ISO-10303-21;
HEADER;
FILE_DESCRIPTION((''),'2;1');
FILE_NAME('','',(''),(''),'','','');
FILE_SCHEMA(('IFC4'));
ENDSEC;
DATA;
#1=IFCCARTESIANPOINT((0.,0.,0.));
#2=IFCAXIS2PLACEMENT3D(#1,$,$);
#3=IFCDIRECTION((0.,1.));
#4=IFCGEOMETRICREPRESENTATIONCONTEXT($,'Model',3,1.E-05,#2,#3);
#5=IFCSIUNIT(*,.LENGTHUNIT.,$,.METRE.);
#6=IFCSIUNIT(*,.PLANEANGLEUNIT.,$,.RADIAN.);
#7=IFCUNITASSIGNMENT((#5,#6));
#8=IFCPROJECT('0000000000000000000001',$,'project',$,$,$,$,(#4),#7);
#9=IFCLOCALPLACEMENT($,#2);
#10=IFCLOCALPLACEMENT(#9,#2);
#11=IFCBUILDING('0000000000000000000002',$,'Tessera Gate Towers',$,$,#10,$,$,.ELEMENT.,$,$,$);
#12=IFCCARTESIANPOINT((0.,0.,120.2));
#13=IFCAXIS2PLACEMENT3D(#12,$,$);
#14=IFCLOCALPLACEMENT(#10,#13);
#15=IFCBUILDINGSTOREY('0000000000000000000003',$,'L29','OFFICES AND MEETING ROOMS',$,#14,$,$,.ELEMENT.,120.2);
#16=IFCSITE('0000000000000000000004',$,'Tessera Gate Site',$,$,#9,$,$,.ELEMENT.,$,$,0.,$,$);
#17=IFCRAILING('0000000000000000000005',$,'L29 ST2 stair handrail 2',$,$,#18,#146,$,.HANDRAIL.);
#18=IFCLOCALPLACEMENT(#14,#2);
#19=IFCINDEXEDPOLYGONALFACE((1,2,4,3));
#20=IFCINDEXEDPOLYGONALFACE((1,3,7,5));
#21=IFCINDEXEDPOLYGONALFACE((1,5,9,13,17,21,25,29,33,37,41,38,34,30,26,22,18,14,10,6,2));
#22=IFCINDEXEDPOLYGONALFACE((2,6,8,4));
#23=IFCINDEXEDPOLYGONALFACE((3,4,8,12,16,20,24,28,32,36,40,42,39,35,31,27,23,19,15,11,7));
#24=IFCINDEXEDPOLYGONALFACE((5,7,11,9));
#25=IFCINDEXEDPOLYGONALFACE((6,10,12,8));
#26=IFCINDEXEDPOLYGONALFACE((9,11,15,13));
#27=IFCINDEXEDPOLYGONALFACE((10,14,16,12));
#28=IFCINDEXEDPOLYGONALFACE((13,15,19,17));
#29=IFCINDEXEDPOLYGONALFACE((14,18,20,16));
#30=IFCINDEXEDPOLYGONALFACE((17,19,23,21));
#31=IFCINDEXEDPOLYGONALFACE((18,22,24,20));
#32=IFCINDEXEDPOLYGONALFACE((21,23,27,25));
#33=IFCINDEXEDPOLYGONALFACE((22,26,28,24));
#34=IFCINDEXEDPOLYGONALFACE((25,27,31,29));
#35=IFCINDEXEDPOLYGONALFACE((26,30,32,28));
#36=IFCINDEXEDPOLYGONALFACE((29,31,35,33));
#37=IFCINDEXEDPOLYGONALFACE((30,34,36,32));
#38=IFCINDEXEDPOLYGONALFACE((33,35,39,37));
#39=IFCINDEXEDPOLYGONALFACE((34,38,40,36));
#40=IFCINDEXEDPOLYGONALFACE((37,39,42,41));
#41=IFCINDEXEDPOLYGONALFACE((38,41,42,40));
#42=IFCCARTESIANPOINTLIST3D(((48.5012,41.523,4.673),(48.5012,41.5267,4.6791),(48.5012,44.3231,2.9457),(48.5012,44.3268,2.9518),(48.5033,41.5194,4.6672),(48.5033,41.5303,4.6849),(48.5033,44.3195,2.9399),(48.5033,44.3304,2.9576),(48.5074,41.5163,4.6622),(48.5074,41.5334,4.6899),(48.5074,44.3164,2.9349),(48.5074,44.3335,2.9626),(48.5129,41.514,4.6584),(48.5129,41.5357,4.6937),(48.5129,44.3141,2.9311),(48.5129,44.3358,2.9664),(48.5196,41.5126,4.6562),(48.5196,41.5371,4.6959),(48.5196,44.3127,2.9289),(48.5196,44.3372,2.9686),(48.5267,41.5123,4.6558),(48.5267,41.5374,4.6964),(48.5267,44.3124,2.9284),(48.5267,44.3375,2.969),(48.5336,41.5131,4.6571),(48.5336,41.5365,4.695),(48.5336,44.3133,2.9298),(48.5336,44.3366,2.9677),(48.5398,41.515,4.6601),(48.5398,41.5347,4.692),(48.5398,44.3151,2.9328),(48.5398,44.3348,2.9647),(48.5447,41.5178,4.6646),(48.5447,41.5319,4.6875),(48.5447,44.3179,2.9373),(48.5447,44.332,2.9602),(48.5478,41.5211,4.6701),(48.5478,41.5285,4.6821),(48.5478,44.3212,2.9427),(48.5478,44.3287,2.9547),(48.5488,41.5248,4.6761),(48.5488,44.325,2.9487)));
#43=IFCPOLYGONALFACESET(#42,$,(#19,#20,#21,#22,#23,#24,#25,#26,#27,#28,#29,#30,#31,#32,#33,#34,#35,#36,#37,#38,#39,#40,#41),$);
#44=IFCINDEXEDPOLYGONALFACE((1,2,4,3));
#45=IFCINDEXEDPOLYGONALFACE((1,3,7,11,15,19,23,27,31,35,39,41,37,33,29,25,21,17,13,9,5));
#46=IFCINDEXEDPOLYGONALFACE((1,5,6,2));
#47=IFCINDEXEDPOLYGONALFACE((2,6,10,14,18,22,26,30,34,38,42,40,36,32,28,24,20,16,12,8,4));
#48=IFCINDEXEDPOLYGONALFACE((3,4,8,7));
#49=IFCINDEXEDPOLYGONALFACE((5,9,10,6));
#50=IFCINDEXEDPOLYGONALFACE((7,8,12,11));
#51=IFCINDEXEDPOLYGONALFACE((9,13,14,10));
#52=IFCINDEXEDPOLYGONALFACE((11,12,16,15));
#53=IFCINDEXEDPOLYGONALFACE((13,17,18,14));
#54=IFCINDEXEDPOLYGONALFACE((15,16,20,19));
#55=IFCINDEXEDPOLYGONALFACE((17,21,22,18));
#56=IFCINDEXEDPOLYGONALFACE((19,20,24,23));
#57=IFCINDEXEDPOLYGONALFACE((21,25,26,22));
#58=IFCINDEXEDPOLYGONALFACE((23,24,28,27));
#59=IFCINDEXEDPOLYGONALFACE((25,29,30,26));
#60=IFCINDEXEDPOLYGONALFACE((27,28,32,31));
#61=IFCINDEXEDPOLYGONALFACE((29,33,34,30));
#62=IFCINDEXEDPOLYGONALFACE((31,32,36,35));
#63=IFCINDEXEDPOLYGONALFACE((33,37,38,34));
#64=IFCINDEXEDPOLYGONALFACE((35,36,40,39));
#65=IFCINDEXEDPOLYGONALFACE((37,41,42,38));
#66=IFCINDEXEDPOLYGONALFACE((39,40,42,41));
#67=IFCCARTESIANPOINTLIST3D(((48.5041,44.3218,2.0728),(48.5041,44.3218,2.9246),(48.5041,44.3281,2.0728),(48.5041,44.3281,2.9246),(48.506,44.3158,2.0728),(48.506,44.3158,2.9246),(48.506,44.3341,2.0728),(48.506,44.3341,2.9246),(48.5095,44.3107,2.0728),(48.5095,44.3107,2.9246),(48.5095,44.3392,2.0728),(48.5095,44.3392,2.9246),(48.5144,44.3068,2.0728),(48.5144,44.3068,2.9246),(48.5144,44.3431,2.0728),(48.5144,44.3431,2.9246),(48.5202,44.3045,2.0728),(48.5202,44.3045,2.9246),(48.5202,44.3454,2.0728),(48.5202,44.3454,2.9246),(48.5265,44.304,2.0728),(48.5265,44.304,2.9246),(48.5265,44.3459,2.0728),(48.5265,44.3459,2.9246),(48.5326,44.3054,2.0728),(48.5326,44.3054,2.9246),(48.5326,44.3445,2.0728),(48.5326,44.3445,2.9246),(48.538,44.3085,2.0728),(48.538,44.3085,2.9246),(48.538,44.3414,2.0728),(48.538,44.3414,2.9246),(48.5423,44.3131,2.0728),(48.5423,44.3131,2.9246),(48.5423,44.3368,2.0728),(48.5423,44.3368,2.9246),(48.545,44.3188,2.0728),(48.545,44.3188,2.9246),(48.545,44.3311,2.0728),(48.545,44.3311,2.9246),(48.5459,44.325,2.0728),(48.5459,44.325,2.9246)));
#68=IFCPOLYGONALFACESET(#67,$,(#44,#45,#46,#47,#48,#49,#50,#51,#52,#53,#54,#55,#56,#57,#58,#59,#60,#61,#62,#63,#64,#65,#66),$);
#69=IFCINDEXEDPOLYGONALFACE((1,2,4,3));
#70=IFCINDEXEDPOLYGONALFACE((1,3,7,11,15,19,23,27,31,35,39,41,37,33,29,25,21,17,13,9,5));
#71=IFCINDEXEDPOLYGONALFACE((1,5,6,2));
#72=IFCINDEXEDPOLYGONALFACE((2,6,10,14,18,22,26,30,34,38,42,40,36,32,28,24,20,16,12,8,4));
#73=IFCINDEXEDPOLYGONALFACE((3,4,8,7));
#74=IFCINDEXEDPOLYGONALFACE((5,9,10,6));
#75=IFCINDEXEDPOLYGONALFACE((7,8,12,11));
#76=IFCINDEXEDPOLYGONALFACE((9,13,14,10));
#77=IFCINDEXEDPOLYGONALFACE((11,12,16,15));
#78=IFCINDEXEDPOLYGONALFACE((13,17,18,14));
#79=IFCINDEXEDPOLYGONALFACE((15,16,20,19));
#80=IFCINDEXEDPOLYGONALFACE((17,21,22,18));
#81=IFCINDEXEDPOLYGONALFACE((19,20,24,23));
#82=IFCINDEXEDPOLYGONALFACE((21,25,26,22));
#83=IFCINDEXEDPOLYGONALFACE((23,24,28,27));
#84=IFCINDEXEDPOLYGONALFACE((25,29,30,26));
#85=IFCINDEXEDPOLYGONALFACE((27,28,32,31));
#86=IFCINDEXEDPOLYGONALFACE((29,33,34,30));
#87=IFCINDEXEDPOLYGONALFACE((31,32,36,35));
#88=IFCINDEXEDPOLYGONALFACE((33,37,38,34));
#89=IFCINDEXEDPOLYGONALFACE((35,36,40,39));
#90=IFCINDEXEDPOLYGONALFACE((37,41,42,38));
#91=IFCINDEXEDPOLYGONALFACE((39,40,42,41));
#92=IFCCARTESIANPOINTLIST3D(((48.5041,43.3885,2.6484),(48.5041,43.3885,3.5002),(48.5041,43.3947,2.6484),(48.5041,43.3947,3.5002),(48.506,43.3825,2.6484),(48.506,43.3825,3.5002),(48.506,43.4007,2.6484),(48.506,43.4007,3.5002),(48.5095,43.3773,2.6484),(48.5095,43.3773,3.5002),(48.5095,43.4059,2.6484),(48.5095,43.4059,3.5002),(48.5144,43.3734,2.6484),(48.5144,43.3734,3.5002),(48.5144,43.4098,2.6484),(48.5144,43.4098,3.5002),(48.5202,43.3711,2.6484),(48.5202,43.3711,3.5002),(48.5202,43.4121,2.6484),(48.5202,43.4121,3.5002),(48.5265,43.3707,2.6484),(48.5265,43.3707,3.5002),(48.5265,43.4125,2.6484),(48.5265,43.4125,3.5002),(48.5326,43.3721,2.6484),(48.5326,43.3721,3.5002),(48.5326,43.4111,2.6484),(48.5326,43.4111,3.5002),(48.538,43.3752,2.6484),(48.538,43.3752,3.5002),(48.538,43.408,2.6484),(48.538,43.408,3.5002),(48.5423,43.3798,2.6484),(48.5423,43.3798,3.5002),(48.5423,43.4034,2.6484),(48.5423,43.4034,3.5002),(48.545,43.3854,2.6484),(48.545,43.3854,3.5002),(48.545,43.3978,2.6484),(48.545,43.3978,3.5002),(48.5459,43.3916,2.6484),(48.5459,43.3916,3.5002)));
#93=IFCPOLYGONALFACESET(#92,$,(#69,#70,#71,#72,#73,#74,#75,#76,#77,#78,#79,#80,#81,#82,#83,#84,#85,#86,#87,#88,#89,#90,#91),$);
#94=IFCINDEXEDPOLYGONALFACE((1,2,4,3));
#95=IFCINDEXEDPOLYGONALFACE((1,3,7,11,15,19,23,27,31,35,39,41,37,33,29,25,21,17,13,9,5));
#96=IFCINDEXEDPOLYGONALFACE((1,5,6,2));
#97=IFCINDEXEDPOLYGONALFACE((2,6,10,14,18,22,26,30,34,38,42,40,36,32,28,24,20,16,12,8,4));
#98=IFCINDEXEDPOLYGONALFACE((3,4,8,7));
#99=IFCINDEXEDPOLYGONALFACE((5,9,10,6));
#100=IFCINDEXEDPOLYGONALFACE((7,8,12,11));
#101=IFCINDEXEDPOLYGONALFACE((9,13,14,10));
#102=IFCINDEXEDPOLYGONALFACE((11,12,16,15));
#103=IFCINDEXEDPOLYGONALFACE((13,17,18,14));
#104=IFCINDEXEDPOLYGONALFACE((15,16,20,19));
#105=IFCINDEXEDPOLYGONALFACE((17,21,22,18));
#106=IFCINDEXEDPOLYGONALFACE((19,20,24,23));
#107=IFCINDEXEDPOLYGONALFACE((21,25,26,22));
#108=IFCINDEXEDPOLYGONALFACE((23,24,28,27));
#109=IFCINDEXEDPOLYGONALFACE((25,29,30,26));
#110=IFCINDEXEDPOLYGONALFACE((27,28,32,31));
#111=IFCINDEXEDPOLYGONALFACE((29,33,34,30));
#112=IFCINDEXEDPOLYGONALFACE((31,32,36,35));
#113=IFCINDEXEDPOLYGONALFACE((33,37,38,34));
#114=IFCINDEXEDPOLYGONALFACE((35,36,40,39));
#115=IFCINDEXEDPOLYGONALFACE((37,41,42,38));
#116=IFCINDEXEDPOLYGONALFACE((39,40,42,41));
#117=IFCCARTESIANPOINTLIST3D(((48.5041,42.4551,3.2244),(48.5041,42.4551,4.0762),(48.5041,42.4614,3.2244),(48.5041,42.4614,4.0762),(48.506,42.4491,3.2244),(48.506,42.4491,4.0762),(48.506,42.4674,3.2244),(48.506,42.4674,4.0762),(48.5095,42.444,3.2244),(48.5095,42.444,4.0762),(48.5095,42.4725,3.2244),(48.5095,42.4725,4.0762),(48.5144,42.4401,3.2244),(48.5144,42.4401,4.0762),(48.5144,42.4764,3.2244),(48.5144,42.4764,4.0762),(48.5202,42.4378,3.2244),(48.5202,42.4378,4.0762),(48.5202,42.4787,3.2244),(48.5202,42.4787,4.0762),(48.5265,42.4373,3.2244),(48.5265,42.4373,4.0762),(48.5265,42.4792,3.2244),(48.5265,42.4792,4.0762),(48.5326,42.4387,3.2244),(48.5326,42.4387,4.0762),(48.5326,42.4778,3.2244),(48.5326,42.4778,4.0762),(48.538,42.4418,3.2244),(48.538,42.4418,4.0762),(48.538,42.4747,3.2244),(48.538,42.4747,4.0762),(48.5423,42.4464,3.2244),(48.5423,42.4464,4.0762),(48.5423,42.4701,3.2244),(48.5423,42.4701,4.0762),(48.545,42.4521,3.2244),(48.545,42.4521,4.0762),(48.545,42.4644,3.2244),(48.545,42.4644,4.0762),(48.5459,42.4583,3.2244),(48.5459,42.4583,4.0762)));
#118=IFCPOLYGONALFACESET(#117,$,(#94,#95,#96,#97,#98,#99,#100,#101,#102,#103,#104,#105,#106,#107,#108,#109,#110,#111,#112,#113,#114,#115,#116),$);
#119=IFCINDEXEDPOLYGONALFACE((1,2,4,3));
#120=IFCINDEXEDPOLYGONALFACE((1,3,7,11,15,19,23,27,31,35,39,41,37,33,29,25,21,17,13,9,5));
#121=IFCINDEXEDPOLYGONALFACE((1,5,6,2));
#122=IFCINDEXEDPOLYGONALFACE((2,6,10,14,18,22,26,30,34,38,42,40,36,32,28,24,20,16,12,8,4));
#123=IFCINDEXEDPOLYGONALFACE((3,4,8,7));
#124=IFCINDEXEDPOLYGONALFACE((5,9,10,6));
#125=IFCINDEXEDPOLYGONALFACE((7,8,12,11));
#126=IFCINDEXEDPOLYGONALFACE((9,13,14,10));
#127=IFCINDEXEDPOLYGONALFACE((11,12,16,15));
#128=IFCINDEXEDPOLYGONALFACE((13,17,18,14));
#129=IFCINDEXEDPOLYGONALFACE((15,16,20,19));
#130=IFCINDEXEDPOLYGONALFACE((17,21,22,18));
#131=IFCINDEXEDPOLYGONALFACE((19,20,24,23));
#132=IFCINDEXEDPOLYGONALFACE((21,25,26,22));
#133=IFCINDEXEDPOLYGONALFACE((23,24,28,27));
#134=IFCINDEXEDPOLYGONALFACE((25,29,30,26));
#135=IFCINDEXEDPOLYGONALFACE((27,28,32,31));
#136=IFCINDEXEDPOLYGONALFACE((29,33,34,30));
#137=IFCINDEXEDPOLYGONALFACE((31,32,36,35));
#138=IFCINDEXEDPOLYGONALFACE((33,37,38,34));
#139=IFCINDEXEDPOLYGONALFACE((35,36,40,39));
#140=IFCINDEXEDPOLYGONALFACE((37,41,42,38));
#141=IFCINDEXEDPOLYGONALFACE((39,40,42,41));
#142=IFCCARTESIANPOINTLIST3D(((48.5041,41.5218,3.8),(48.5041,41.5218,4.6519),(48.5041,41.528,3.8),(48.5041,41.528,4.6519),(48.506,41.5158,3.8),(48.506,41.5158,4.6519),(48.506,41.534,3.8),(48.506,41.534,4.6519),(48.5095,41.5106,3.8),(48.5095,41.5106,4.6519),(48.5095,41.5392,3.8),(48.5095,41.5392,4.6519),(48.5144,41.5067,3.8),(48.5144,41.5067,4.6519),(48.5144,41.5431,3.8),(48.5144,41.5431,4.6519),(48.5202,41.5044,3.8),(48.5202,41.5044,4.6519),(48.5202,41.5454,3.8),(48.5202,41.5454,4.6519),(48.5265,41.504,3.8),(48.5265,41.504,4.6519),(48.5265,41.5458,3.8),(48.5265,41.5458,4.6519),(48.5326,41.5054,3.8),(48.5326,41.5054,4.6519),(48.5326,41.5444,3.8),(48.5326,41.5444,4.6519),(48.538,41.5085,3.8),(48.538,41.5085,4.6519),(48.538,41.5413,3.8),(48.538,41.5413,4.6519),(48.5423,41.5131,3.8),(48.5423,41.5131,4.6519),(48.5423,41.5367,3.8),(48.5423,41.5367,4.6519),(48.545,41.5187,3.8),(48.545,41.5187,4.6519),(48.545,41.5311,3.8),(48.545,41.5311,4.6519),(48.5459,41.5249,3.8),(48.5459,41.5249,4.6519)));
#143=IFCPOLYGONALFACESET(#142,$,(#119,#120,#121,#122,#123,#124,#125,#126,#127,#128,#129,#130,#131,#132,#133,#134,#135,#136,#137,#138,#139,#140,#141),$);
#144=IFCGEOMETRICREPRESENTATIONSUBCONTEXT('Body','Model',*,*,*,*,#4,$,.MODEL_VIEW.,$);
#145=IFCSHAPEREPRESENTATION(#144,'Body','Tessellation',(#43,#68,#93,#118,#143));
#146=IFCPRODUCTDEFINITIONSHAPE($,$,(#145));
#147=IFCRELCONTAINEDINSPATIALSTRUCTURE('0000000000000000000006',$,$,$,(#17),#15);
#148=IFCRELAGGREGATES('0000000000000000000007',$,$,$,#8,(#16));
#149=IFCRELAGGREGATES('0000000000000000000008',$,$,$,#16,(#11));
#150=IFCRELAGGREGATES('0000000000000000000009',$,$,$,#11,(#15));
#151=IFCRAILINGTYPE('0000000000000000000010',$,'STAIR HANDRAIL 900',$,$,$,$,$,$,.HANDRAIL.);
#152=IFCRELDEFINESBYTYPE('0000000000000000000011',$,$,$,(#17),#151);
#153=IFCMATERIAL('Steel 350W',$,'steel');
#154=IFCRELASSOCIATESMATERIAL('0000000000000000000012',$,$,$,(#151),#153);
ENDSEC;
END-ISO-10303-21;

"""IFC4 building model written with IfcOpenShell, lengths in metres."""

from ifc_helpers import new_model, si_unit, direction, frame, origin, origin_2d, place, context, subcontext, project, spatial, circle, extrude, material, type_object, element, save


model = new_model("IFC4")

# Units and contexts
model_context = context("Model", 3, precision=1e-05, world=origin(), true_north=direction((0.0, 1.0)))
body_context = subcontext(model_context, "Body", "Model", "MODEL_VIEW")
ifc_project = project(units=[si_unit("LENGTHUNIT", "METRE"), si_unit("PLANEANGLEUNIT", "RADIAN")], contexts=[model_context])

# Site, building, storey
site_placement = place(None, origin())
site = spatial("IfcSite", under=ifc_project, at=site_placement, Name="Tessera Gate Site", CompositionType="ELEMENT", RefElevation=0.0)
building_placement = place(site_placement, origin())
building = spatial("IfcBuilding", under=site, at=building_placement, Name="Tessera Gate Towers", CompositionType="ELEMENT")
storey_placement = place(building_placement, frame((0.0, 0.0, 120.2)))
storey = spatial("IfcBuildingStorey", under=building, at=storey_placement, Name="L29", Description="OFFICES AND MEETING ROOMS", CompositionType="ELEMENT", Elevation=120.2)

# Railing
ifc_material_1 = material(Name="Steel 350W", Category="steel")
railing_type_1 = type_object("IfcRailingType", Name="STAIR HANDRAIL 900", PredefinedType="HANDRAIL", material=ifc_material_1)
railing_1_placement = place(storey_placement, frame((48.5249, 44.325, 2.0728)))
element("IfcRailing", 1, at=railing_1_placement, inside=storey, type_object=railing_type_1, Name="L29 ST2 stair handrail 2", PredefinedType="HANDRAIL", context=body_context, shape_type="SweptSolid", body=[
    extrude(circle(Radius=0.0239, at=origin_2d()), frame((0.0, 0.0, 0.876), z_axis=(0.0, -0.85109, 0.52502), x_axis=(1.0, 0.0, 0.0)), (0.0, 0.0, 1.0), 3.29),
    extrude(circle(Radius=0.021, at=origin_2d()), origin(), (0.0, 0.0, 1.0), 0.8518),
    extrude(circle(Radius=0.021, at=origin_2d()), frame((0.0, -0.9333, 0.5757)), (0.0, 0.0, 1.0), 0.8518),
    extrude(circle(Radius=0.021, at=origin_2d()), frame((0.0, -1.8667, 1.1516)), (0.0, 0.0, 1.0), 0.8518),
    extrude(circle(Radius=0.021, at=origin_2d()), frame((0.0, -2.8, 1.7273)), (0.0, 0.0, 1.0), 0.8518),
])

save(model, "model.ifc")
